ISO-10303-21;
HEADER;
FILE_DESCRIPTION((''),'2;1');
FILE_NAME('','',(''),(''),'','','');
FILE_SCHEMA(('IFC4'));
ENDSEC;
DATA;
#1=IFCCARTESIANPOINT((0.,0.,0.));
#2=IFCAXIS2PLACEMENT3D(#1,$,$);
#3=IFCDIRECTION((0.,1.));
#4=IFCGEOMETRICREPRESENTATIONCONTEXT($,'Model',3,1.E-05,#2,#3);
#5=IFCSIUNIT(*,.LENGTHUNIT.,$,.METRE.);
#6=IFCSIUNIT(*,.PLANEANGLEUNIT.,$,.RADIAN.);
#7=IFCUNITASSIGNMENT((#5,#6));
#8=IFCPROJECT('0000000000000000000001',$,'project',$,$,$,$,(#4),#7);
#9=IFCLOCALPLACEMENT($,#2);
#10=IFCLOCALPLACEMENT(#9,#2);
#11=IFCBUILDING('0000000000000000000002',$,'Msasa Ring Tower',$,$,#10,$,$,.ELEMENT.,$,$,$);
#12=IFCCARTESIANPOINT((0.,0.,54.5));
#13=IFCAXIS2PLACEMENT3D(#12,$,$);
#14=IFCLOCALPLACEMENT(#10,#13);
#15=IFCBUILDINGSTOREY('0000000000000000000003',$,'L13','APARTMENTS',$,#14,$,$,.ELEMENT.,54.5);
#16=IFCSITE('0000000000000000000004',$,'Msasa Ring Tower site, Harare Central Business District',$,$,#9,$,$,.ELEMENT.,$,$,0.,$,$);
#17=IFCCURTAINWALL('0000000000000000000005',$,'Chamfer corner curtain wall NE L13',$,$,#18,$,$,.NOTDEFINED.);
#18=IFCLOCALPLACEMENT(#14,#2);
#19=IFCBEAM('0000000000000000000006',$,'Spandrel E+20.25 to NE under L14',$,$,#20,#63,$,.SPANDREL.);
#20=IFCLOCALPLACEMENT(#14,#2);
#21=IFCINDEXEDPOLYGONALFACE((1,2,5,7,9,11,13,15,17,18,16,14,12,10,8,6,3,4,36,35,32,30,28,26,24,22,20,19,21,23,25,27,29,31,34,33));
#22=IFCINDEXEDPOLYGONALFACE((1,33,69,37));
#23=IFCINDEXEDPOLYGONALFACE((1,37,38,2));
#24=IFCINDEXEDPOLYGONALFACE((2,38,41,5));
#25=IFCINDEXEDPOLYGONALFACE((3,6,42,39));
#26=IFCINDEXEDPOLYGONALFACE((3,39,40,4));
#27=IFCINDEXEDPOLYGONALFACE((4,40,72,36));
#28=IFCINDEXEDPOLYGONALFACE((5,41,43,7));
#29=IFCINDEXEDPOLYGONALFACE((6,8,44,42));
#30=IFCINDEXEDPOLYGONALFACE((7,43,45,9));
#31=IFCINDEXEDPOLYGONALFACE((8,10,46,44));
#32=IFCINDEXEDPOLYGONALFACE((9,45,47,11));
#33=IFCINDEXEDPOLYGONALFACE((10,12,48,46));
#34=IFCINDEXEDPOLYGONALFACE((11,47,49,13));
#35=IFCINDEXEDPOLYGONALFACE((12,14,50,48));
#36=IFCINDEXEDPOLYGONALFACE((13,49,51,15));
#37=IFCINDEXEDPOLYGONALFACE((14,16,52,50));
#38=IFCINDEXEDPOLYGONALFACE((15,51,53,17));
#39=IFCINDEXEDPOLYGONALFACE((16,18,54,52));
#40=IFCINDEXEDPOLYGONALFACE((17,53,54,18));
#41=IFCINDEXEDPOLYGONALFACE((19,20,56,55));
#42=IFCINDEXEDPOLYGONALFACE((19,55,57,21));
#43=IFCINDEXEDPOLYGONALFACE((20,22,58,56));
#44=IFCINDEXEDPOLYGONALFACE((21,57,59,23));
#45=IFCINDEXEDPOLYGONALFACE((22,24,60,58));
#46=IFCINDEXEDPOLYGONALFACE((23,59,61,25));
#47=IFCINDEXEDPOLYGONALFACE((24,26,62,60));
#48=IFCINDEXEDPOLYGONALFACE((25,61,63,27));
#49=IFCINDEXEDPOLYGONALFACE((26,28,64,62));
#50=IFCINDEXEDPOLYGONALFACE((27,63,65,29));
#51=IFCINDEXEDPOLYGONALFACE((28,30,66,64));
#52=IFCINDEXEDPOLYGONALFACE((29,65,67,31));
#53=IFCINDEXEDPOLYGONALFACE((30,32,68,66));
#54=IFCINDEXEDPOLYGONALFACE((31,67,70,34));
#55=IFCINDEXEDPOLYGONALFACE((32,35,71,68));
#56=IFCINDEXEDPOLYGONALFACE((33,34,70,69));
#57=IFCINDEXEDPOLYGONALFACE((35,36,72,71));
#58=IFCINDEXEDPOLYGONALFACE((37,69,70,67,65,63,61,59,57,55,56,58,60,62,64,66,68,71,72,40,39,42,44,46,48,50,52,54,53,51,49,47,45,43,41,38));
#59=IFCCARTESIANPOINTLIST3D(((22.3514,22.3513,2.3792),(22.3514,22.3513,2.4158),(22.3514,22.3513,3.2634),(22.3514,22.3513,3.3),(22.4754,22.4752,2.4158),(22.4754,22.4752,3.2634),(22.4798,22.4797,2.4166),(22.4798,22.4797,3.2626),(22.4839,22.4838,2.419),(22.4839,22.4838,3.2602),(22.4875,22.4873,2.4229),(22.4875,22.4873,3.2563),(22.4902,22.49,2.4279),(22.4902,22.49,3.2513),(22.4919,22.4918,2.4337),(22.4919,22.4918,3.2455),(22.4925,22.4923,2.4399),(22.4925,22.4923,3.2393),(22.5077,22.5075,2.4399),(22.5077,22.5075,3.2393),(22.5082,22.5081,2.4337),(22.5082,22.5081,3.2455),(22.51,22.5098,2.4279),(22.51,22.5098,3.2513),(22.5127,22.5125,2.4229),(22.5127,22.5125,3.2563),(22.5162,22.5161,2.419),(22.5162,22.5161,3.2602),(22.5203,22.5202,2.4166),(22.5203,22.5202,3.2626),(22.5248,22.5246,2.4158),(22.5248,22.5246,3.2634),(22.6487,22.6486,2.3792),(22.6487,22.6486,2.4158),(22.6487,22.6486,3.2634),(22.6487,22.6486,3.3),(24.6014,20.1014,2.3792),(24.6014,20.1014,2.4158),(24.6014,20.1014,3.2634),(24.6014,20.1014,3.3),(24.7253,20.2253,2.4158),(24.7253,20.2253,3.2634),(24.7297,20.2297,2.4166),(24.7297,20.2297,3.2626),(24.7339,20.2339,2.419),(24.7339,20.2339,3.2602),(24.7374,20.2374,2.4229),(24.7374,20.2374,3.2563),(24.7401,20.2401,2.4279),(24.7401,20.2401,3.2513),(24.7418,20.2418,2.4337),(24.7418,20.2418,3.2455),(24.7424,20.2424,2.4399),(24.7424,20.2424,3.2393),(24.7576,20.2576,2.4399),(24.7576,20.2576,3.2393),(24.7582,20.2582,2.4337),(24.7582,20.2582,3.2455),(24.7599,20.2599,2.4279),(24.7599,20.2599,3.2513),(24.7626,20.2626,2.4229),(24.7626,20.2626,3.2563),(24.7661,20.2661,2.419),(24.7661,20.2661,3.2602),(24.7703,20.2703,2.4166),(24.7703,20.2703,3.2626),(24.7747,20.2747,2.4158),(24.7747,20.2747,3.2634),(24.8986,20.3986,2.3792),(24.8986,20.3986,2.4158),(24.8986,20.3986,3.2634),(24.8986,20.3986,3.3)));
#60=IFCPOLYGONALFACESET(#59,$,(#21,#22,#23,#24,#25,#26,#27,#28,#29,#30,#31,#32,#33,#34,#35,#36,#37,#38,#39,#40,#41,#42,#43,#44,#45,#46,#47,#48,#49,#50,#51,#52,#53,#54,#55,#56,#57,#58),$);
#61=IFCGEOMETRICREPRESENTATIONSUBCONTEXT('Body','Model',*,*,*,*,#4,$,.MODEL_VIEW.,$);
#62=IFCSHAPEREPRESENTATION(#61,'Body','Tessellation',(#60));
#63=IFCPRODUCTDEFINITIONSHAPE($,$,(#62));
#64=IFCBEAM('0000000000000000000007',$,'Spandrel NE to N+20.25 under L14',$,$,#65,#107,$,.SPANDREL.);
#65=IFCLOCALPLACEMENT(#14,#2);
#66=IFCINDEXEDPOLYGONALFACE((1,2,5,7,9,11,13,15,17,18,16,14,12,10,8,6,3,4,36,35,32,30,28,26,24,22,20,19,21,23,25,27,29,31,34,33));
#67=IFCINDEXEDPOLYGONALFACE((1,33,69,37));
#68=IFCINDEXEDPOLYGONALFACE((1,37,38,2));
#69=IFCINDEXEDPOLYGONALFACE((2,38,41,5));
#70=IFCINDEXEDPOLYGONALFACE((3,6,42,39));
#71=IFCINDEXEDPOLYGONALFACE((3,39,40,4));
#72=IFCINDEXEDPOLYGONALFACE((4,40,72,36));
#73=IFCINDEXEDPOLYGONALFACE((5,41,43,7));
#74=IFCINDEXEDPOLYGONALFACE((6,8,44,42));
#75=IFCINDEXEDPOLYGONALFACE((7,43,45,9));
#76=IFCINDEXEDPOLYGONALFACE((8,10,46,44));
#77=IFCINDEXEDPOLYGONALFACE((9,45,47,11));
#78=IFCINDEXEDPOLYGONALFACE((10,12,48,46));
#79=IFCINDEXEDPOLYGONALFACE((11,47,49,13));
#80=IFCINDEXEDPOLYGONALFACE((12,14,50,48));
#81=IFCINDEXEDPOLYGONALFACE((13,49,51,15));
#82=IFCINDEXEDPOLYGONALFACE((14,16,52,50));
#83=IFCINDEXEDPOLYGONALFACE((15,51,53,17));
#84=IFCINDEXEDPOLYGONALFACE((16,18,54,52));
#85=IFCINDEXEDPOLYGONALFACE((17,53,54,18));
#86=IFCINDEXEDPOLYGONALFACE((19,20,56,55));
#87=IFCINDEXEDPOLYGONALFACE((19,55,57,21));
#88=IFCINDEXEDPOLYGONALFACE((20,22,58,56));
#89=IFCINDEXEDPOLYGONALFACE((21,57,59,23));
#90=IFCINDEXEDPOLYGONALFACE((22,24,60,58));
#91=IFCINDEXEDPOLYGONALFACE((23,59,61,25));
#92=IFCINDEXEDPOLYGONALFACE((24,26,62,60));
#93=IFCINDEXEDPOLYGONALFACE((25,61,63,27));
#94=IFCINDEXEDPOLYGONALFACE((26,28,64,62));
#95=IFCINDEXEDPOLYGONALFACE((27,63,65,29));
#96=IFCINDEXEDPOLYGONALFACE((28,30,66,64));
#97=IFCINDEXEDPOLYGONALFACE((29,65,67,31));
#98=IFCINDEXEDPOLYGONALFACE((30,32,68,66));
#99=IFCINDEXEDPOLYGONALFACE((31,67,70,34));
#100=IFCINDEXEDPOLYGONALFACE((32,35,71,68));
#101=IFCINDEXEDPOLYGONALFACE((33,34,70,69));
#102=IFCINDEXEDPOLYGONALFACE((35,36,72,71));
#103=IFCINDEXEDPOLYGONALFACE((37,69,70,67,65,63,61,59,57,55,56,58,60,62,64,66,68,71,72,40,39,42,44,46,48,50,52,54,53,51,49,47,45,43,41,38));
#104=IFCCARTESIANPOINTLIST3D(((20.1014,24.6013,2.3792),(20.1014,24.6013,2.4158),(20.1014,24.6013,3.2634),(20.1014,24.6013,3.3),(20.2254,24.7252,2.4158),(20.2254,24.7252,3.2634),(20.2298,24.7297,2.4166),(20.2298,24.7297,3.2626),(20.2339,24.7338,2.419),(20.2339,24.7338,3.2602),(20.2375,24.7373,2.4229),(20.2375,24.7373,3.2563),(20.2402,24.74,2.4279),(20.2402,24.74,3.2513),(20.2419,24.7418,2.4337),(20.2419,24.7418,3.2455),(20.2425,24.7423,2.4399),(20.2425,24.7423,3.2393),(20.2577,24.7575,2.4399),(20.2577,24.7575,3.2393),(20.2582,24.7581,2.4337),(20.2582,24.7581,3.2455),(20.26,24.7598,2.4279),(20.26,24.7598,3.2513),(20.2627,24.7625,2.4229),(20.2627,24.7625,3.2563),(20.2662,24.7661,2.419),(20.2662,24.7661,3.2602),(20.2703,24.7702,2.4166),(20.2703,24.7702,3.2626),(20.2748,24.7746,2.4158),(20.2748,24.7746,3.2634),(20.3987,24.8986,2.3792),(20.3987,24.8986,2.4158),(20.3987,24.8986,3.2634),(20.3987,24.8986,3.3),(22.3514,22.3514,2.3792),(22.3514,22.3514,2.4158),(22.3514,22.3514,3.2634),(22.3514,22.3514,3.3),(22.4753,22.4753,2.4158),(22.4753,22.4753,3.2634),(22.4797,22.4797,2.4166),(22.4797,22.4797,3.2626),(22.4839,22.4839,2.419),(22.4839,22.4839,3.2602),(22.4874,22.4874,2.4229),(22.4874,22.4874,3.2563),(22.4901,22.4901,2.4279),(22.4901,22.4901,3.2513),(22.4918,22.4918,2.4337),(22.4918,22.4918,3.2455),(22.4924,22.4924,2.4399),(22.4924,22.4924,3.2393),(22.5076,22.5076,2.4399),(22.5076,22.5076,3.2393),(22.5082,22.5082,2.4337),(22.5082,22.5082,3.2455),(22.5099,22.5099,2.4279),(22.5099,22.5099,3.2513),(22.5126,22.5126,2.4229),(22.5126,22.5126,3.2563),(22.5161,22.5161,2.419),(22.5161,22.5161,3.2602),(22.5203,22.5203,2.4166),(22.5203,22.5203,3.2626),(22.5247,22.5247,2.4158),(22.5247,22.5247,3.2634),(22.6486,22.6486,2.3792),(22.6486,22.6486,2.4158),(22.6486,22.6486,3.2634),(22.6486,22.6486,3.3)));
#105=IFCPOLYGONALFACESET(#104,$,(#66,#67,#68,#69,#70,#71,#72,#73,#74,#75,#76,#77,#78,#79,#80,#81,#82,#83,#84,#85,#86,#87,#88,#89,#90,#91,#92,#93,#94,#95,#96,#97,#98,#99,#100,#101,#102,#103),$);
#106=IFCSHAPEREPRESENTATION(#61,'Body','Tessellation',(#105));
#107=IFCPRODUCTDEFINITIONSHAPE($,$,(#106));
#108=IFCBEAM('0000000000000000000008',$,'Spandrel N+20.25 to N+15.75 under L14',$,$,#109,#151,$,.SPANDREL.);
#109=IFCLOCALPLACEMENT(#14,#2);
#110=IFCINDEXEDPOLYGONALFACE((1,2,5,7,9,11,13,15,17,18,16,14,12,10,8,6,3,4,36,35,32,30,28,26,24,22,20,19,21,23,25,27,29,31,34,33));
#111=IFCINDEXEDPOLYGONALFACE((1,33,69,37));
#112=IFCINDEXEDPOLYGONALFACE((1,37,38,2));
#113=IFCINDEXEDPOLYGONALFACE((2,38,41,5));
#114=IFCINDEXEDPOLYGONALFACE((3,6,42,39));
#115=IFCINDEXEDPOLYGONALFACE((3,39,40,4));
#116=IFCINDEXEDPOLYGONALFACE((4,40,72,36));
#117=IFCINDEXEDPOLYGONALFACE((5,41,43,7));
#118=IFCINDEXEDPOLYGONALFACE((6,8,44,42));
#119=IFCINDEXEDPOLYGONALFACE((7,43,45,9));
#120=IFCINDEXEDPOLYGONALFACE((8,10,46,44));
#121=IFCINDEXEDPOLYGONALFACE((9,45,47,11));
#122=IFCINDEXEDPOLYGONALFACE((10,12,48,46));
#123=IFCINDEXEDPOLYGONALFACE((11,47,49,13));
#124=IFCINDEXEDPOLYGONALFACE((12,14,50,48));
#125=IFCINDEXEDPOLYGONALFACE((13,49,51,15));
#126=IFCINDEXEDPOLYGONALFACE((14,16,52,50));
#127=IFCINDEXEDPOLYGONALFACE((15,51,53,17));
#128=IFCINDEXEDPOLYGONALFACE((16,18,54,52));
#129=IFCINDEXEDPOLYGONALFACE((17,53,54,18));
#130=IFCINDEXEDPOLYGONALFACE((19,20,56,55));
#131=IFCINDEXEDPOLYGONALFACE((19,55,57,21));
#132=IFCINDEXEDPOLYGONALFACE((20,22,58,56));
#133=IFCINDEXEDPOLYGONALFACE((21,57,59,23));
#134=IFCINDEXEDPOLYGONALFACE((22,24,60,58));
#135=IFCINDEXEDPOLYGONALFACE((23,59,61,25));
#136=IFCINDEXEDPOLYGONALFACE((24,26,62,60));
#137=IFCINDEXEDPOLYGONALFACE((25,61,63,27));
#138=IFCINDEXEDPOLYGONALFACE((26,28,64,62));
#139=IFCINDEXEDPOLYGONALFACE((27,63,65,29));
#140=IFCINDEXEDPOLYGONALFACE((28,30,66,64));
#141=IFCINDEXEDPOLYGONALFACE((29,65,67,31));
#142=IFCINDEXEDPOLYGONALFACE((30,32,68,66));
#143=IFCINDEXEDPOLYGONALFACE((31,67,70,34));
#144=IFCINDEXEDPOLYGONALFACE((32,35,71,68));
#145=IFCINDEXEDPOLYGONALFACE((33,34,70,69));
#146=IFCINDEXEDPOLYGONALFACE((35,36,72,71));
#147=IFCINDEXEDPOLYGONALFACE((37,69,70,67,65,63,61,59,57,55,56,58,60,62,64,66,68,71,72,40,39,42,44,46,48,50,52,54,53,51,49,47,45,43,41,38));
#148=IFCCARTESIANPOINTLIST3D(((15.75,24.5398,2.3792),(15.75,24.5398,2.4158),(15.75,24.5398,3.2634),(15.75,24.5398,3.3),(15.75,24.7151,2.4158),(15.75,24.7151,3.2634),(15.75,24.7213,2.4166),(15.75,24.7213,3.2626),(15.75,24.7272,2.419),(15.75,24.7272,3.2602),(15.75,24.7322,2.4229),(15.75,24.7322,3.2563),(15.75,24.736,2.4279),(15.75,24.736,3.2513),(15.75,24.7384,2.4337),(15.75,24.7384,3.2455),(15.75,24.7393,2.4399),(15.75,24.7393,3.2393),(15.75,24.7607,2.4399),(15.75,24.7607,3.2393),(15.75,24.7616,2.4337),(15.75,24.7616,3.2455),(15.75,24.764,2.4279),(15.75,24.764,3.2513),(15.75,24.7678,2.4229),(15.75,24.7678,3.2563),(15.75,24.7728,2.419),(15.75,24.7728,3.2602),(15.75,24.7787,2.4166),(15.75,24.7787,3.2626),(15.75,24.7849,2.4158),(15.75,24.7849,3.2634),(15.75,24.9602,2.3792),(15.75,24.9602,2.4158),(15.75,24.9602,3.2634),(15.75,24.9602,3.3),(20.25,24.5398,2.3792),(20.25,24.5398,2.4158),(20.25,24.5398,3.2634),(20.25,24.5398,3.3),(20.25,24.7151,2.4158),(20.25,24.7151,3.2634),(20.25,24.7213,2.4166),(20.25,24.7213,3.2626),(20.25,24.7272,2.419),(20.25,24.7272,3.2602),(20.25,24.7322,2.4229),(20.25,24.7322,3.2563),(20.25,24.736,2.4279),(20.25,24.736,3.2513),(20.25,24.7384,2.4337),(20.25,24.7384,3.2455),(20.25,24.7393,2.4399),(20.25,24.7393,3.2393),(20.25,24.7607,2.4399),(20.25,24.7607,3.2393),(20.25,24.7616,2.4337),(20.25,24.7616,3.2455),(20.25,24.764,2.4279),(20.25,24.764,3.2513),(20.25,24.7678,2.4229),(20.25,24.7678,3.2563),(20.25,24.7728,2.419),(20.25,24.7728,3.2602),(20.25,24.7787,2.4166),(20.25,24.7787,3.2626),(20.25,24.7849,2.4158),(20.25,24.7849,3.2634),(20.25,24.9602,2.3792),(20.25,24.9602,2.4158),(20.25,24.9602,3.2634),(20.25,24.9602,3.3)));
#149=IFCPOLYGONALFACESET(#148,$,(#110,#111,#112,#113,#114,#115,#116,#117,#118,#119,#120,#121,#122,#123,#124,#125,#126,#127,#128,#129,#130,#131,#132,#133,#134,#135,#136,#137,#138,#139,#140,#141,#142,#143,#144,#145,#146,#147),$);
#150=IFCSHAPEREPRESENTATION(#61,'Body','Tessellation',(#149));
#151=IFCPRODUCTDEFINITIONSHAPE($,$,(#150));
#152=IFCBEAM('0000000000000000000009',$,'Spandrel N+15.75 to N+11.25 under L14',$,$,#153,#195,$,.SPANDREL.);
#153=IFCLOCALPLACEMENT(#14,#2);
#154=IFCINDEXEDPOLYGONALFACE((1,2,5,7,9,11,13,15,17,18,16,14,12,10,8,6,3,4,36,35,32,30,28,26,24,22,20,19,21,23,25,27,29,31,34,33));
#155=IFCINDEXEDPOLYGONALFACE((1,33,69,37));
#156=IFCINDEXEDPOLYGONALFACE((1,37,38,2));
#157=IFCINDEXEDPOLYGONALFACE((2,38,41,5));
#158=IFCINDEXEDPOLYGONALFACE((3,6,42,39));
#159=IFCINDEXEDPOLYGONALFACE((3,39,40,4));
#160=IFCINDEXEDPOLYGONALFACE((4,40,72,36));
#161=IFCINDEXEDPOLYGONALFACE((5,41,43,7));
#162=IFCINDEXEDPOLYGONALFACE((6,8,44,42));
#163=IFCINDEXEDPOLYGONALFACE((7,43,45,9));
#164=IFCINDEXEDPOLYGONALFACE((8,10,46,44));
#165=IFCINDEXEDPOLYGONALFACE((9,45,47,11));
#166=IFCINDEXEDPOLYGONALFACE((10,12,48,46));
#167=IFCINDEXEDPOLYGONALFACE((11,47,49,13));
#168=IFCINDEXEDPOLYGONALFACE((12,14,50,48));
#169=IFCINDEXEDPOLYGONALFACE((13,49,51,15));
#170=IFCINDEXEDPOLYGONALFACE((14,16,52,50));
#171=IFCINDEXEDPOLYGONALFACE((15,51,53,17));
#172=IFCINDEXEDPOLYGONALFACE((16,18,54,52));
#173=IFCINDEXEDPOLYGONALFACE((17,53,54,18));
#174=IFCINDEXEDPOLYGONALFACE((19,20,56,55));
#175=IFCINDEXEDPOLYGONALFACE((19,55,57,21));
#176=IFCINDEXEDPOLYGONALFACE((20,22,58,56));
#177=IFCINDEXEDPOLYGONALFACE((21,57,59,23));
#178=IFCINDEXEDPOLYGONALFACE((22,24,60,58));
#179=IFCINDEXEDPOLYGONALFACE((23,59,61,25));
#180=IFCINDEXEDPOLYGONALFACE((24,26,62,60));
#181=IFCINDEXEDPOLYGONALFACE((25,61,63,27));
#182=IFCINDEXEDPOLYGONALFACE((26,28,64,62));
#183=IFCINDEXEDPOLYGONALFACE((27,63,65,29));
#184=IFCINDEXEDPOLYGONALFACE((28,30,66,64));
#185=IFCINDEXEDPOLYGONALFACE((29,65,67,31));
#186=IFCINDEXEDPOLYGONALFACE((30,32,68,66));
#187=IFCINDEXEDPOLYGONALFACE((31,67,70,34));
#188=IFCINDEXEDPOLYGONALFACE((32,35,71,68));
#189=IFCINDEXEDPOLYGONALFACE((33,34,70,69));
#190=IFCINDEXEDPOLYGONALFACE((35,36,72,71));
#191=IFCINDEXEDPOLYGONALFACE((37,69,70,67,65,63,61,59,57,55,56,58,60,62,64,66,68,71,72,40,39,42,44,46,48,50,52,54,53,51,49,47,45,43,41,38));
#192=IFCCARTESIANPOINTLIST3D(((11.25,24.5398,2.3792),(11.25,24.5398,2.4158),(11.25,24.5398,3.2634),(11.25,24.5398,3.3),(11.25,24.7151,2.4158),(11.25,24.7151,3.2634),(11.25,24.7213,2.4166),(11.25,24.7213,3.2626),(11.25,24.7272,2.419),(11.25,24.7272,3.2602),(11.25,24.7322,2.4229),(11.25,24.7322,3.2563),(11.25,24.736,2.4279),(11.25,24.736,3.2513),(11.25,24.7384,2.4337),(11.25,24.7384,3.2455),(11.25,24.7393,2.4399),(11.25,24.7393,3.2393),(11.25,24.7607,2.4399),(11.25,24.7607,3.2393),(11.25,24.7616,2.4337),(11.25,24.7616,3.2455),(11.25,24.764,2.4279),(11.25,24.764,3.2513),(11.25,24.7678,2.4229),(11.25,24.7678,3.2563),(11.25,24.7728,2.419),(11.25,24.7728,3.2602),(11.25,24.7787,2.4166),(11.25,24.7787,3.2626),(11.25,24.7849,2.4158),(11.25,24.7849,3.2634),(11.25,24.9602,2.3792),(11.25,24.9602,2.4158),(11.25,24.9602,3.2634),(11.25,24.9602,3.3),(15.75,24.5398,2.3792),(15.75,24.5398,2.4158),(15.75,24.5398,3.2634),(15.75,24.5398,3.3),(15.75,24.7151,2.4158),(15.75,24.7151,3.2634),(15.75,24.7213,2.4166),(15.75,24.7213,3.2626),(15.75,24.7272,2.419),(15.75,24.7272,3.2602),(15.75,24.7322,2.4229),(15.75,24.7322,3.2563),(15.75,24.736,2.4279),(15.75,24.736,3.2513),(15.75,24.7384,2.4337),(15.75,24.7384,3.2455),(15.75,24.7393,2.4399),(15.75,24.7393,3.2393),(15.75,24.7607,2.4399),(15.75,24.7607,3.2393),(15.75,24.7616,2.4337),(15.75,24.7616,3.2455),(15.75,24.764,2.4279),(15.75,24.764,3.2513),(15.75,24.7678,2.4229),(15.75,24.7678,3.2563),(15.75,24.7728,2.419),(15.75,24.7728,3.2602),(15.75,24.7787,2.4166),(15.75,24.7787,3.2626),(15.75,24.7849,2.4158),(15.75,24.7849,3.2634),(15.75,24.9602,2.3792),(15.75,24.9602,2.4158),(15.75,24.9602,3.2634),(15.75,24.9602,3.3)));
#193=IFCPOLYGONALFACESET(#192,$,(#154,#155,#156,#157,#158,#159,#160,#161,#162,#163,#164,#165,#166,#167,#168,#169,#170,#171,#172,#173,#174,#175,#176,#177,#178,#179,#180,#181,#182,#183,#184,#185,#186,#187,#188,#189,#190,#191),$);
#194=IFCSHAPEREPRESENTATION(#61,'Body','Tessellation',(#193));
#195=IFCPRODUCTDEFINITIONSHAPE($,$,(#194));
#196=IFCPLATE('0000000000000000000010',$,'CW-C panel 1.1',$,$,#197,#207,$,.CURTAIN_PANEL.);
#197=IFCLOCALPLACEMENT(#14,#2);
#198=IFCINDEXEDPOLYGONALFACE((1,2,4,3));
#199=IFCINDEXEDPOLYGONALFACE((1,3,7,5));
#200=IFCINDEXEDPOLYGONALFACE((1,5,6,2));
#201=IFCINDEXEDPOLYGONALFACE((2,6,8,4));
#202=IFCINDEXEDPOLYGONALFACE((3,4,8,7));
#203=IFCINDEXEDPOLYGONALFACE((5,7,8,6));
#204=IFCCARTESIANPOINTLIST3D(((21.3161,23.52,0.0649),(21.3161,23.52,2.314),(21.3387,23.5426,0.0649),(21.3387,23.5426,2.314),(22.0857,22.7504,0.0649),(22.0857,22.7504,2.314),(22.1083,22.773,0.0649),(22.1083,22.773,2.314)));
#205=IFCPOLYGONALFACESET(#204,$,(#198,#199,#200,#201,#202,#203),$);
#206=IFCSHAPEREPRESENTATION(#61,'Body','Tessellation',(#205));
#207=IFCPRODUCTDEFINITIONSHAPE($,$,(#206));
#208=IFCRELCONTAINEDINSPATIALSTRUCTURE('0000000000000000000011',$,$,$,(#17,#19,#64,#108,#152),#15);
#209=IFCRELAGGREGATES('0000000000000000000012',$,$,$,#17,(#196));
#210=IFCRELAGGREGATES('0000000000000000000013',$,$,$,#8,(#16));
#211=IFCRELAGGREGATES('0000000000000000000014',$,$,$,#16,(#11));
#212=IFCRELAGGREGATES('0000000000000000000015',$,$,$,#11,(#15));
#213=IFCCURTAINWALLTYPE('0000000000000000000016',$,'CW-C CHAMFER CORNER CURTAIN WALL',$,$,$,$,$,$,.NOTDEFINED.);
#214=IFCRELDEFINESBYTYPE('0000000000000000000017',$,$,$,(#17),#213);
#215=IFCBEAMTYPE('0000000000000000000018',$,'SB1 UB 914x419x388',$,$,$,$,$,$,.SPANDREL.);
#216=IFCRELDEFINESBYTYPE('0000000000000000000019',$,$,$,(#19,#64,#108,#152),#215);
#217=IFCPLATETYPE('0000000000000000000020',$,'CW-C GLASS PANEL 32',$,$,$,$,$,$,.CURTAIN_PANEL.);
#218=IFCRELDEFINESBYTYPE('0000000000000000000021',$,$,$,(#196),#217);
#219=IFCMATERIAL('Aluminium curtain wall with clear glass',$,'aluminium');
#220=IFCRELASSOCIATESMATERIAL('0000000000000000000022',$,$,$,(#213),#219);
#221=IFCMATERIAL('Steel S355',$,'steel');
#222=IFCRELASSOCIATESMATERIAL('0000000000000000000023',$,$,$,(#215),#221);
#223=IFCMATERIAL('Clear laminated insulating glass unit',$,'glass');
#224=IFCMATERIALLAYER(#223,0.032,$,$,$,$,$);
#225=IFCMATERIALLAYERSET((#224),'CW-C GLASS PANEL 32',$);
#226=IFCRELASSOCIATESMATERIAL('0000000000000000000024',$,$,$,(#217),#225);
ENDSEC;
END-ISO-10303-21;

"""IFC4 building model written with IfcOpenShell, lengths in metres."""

from ifc_helpers import new_model, si_unit, direction, frame, origin, origin_2d, place, context, subcontext, project, spatial, rectangle, i_section, extrude, material, layer, layer_set, material_profile, profile_set, type_object, element, aggregate, save


model = new_model("IFC4")

# Units and contexts
model_context = context("Model", 3, precision=1e-05, world=origin(), true_north=direction((0.0, 1.0)))
body_context = subcontext(model_context, "Body", "Model", "MODEL_VIEW")
ifc_project = project(units=[si_unit("LENGTHUNIT", "METRE"), si_unit("PLANEANGLEUNIT", "RADIAN")], contexts=[model_context])

# Site, building, storey
site_placement = place(None, origin())
site = spatial("IfcSite", under=ifc_project, at=site_placement, Name="Msasa Ring Tower site, Harare Central Business District", CompositionType="ELEMENT", RefElevation=0.0)
building_placement = place(site_placement, origin())
building = spatial("IfcBuilding", under=site, at=building_placement, Name="Msasa Ring Tower", CompositionType="ELEMENT")
storey_placement = place(building_placement, frame((0.0, 0.0, 54.5)))
storey = spatial("IfcBuildingStorey", under=building, at=storey_placement, Name="L13", Description="APARTMENTS", CompositionType="ELEMENT", Elevation=54.5)

# Curtain wall
ifc_material_1 = material(Name="Aluminium curtain wall with clear glass", Category="aluminium")
curtain_wall_type = type_object("IfcCurtainWallType", Name="CW-C CHAMFER CORNER CURTAIN WALL", PredefinedType="NOTDEFINED", material=ifc_material_1)
curtain_wall_1_placement = place(storey_placement, origin())
curtain_wall_1 = element("IfcCurtainWall", 1, at=curtain_wall_1_placement, inside=storey, type_object=curtain_wall_type, Name="Chamfer corner curtain wall NE L13", PredefinedType="NOTDEFINED")

# Beams
ifc_material_2 = material(Name="Steel S355", Category="steel")
ifc_material_profile_1 = material_profile(ifc_material_2, i_section(OverallWidth=0.4204, OverallDepth=0.9209, WebThickness=0.0215, FlangeThickness=0.0366, FilletRadius=0.0242, at=origin_2d()), Name="UB 914x419x388")
ifc_profile_set_1 = profile_set([ifc_material_profile_1], Name="Steel S355")
beam_type_1 = type_object("IfcBeamType", Name="SB1 UB 914x419x388", PredefinedType="SPANDREL", material=ifc_profile_set_1)
for number, where, z_axis, x_axis, name in (
    (2, (24.75, 20.25, 2.8396), (-0.707107, 0.707107, 0.0), (-0.707107, -0.707107, 0.0), "Spandrel E+20.25 to NE under L14"),
    (3, (22.5, 22.5, 2.8396), (-0.707107, 0.707107, 0.0), (-0.707107, -0.707107, 0.0), "Spandrel NE to N+20.25 under L14"),
):
    element("IfcBeam", number, at=place(storey_placement, frame(where, z_axis=z_axis, x_axis=x_axis)), inside=storey, type_object=beam_type_1, Name=name, PredefinedType="SPANDREL", context=body_context, shape_type="SweptSolid", body=[
        extrude(i_section(OverallWidth=0.4204, OverallDepth=0.9209, WebThickness=0.0215, FlangeThickness=0.0366, FilletRadius=0.0242, at=origin_2d()), origin(), (0.0, 0.0, 1.0), 3.1819),
    ])
for number, where, z_axis, x_axis, name in (
    (4, (20.25, 24.75, 2.8396), (-1.0, 0.0, 0.0), (0.0, -1.0, 0.0), "Spandrel N+20.25 to N+15.75 under L14"),
    (5, (15.75, 24.75, 2.8396), (-1.0, 0.0, 0.0), (0.0, -1.0, 0.0), "Spandrel N+15.75 to N+11.25 under L14"),
):
    element("IfcBeam", number, at=place(storey_placement, frame(where, z_axis=z_axis, x_axis=x_axis)), inside=storey, type_object=beam_type_1, Name=name, PredefinedType="SPANDREL", context=body_context, shape_type="SweptSolid", body=[
        extrude(i_section(OverallWidth=0.4204, OverallDepth=0.9209, WebThickness=0.0215, FlangeThickness=0.0366, FilletRadius=0.0242, at=origin_2d()), origin(), (0.0, 0.0, 1.0), 4.5),
    ])

# Plate
ifc_material_3 = material(Name="Clear laminated insulating glass unit", Category="glass")
ifc_layer_1 = layer(ifc_material_3, 0.032)
ifc_layer_set_1 = layer_set([ifc_layer_1], Name="CW-C GLASS PANEL 32")
plate_type = type_object("IfcPlateType", Name="CW-C GLASS PANEL 32", PredefinedType="CURTAIN_PANEL", material=ifc_layer_set_1)
plate_1_placement = place(storey_placement, frame((21.7122, 23.1465, 0.0649), z_axis=(0.0, 0.0, 1.0), x_axis=(-0.707107, 0.707107, 0.0)))
plate_1 = element("IfcPlate", 6, at=plate_1_placement, type_object=plate_type, Name="CW-C panel 1.1", PredefinedType="CURTAIN_PANEL", context=body_context, shape_type="SweptSolid", body=[
    extrude(rectangle(XDim=1.0884, YDim=0.032, at=origin_2d()), origin(), (0.0, 0.0, 1.0), 2.249),
])
aggregate(curtain_wall_1, [plate_1])

save(model, "model.ifc")
